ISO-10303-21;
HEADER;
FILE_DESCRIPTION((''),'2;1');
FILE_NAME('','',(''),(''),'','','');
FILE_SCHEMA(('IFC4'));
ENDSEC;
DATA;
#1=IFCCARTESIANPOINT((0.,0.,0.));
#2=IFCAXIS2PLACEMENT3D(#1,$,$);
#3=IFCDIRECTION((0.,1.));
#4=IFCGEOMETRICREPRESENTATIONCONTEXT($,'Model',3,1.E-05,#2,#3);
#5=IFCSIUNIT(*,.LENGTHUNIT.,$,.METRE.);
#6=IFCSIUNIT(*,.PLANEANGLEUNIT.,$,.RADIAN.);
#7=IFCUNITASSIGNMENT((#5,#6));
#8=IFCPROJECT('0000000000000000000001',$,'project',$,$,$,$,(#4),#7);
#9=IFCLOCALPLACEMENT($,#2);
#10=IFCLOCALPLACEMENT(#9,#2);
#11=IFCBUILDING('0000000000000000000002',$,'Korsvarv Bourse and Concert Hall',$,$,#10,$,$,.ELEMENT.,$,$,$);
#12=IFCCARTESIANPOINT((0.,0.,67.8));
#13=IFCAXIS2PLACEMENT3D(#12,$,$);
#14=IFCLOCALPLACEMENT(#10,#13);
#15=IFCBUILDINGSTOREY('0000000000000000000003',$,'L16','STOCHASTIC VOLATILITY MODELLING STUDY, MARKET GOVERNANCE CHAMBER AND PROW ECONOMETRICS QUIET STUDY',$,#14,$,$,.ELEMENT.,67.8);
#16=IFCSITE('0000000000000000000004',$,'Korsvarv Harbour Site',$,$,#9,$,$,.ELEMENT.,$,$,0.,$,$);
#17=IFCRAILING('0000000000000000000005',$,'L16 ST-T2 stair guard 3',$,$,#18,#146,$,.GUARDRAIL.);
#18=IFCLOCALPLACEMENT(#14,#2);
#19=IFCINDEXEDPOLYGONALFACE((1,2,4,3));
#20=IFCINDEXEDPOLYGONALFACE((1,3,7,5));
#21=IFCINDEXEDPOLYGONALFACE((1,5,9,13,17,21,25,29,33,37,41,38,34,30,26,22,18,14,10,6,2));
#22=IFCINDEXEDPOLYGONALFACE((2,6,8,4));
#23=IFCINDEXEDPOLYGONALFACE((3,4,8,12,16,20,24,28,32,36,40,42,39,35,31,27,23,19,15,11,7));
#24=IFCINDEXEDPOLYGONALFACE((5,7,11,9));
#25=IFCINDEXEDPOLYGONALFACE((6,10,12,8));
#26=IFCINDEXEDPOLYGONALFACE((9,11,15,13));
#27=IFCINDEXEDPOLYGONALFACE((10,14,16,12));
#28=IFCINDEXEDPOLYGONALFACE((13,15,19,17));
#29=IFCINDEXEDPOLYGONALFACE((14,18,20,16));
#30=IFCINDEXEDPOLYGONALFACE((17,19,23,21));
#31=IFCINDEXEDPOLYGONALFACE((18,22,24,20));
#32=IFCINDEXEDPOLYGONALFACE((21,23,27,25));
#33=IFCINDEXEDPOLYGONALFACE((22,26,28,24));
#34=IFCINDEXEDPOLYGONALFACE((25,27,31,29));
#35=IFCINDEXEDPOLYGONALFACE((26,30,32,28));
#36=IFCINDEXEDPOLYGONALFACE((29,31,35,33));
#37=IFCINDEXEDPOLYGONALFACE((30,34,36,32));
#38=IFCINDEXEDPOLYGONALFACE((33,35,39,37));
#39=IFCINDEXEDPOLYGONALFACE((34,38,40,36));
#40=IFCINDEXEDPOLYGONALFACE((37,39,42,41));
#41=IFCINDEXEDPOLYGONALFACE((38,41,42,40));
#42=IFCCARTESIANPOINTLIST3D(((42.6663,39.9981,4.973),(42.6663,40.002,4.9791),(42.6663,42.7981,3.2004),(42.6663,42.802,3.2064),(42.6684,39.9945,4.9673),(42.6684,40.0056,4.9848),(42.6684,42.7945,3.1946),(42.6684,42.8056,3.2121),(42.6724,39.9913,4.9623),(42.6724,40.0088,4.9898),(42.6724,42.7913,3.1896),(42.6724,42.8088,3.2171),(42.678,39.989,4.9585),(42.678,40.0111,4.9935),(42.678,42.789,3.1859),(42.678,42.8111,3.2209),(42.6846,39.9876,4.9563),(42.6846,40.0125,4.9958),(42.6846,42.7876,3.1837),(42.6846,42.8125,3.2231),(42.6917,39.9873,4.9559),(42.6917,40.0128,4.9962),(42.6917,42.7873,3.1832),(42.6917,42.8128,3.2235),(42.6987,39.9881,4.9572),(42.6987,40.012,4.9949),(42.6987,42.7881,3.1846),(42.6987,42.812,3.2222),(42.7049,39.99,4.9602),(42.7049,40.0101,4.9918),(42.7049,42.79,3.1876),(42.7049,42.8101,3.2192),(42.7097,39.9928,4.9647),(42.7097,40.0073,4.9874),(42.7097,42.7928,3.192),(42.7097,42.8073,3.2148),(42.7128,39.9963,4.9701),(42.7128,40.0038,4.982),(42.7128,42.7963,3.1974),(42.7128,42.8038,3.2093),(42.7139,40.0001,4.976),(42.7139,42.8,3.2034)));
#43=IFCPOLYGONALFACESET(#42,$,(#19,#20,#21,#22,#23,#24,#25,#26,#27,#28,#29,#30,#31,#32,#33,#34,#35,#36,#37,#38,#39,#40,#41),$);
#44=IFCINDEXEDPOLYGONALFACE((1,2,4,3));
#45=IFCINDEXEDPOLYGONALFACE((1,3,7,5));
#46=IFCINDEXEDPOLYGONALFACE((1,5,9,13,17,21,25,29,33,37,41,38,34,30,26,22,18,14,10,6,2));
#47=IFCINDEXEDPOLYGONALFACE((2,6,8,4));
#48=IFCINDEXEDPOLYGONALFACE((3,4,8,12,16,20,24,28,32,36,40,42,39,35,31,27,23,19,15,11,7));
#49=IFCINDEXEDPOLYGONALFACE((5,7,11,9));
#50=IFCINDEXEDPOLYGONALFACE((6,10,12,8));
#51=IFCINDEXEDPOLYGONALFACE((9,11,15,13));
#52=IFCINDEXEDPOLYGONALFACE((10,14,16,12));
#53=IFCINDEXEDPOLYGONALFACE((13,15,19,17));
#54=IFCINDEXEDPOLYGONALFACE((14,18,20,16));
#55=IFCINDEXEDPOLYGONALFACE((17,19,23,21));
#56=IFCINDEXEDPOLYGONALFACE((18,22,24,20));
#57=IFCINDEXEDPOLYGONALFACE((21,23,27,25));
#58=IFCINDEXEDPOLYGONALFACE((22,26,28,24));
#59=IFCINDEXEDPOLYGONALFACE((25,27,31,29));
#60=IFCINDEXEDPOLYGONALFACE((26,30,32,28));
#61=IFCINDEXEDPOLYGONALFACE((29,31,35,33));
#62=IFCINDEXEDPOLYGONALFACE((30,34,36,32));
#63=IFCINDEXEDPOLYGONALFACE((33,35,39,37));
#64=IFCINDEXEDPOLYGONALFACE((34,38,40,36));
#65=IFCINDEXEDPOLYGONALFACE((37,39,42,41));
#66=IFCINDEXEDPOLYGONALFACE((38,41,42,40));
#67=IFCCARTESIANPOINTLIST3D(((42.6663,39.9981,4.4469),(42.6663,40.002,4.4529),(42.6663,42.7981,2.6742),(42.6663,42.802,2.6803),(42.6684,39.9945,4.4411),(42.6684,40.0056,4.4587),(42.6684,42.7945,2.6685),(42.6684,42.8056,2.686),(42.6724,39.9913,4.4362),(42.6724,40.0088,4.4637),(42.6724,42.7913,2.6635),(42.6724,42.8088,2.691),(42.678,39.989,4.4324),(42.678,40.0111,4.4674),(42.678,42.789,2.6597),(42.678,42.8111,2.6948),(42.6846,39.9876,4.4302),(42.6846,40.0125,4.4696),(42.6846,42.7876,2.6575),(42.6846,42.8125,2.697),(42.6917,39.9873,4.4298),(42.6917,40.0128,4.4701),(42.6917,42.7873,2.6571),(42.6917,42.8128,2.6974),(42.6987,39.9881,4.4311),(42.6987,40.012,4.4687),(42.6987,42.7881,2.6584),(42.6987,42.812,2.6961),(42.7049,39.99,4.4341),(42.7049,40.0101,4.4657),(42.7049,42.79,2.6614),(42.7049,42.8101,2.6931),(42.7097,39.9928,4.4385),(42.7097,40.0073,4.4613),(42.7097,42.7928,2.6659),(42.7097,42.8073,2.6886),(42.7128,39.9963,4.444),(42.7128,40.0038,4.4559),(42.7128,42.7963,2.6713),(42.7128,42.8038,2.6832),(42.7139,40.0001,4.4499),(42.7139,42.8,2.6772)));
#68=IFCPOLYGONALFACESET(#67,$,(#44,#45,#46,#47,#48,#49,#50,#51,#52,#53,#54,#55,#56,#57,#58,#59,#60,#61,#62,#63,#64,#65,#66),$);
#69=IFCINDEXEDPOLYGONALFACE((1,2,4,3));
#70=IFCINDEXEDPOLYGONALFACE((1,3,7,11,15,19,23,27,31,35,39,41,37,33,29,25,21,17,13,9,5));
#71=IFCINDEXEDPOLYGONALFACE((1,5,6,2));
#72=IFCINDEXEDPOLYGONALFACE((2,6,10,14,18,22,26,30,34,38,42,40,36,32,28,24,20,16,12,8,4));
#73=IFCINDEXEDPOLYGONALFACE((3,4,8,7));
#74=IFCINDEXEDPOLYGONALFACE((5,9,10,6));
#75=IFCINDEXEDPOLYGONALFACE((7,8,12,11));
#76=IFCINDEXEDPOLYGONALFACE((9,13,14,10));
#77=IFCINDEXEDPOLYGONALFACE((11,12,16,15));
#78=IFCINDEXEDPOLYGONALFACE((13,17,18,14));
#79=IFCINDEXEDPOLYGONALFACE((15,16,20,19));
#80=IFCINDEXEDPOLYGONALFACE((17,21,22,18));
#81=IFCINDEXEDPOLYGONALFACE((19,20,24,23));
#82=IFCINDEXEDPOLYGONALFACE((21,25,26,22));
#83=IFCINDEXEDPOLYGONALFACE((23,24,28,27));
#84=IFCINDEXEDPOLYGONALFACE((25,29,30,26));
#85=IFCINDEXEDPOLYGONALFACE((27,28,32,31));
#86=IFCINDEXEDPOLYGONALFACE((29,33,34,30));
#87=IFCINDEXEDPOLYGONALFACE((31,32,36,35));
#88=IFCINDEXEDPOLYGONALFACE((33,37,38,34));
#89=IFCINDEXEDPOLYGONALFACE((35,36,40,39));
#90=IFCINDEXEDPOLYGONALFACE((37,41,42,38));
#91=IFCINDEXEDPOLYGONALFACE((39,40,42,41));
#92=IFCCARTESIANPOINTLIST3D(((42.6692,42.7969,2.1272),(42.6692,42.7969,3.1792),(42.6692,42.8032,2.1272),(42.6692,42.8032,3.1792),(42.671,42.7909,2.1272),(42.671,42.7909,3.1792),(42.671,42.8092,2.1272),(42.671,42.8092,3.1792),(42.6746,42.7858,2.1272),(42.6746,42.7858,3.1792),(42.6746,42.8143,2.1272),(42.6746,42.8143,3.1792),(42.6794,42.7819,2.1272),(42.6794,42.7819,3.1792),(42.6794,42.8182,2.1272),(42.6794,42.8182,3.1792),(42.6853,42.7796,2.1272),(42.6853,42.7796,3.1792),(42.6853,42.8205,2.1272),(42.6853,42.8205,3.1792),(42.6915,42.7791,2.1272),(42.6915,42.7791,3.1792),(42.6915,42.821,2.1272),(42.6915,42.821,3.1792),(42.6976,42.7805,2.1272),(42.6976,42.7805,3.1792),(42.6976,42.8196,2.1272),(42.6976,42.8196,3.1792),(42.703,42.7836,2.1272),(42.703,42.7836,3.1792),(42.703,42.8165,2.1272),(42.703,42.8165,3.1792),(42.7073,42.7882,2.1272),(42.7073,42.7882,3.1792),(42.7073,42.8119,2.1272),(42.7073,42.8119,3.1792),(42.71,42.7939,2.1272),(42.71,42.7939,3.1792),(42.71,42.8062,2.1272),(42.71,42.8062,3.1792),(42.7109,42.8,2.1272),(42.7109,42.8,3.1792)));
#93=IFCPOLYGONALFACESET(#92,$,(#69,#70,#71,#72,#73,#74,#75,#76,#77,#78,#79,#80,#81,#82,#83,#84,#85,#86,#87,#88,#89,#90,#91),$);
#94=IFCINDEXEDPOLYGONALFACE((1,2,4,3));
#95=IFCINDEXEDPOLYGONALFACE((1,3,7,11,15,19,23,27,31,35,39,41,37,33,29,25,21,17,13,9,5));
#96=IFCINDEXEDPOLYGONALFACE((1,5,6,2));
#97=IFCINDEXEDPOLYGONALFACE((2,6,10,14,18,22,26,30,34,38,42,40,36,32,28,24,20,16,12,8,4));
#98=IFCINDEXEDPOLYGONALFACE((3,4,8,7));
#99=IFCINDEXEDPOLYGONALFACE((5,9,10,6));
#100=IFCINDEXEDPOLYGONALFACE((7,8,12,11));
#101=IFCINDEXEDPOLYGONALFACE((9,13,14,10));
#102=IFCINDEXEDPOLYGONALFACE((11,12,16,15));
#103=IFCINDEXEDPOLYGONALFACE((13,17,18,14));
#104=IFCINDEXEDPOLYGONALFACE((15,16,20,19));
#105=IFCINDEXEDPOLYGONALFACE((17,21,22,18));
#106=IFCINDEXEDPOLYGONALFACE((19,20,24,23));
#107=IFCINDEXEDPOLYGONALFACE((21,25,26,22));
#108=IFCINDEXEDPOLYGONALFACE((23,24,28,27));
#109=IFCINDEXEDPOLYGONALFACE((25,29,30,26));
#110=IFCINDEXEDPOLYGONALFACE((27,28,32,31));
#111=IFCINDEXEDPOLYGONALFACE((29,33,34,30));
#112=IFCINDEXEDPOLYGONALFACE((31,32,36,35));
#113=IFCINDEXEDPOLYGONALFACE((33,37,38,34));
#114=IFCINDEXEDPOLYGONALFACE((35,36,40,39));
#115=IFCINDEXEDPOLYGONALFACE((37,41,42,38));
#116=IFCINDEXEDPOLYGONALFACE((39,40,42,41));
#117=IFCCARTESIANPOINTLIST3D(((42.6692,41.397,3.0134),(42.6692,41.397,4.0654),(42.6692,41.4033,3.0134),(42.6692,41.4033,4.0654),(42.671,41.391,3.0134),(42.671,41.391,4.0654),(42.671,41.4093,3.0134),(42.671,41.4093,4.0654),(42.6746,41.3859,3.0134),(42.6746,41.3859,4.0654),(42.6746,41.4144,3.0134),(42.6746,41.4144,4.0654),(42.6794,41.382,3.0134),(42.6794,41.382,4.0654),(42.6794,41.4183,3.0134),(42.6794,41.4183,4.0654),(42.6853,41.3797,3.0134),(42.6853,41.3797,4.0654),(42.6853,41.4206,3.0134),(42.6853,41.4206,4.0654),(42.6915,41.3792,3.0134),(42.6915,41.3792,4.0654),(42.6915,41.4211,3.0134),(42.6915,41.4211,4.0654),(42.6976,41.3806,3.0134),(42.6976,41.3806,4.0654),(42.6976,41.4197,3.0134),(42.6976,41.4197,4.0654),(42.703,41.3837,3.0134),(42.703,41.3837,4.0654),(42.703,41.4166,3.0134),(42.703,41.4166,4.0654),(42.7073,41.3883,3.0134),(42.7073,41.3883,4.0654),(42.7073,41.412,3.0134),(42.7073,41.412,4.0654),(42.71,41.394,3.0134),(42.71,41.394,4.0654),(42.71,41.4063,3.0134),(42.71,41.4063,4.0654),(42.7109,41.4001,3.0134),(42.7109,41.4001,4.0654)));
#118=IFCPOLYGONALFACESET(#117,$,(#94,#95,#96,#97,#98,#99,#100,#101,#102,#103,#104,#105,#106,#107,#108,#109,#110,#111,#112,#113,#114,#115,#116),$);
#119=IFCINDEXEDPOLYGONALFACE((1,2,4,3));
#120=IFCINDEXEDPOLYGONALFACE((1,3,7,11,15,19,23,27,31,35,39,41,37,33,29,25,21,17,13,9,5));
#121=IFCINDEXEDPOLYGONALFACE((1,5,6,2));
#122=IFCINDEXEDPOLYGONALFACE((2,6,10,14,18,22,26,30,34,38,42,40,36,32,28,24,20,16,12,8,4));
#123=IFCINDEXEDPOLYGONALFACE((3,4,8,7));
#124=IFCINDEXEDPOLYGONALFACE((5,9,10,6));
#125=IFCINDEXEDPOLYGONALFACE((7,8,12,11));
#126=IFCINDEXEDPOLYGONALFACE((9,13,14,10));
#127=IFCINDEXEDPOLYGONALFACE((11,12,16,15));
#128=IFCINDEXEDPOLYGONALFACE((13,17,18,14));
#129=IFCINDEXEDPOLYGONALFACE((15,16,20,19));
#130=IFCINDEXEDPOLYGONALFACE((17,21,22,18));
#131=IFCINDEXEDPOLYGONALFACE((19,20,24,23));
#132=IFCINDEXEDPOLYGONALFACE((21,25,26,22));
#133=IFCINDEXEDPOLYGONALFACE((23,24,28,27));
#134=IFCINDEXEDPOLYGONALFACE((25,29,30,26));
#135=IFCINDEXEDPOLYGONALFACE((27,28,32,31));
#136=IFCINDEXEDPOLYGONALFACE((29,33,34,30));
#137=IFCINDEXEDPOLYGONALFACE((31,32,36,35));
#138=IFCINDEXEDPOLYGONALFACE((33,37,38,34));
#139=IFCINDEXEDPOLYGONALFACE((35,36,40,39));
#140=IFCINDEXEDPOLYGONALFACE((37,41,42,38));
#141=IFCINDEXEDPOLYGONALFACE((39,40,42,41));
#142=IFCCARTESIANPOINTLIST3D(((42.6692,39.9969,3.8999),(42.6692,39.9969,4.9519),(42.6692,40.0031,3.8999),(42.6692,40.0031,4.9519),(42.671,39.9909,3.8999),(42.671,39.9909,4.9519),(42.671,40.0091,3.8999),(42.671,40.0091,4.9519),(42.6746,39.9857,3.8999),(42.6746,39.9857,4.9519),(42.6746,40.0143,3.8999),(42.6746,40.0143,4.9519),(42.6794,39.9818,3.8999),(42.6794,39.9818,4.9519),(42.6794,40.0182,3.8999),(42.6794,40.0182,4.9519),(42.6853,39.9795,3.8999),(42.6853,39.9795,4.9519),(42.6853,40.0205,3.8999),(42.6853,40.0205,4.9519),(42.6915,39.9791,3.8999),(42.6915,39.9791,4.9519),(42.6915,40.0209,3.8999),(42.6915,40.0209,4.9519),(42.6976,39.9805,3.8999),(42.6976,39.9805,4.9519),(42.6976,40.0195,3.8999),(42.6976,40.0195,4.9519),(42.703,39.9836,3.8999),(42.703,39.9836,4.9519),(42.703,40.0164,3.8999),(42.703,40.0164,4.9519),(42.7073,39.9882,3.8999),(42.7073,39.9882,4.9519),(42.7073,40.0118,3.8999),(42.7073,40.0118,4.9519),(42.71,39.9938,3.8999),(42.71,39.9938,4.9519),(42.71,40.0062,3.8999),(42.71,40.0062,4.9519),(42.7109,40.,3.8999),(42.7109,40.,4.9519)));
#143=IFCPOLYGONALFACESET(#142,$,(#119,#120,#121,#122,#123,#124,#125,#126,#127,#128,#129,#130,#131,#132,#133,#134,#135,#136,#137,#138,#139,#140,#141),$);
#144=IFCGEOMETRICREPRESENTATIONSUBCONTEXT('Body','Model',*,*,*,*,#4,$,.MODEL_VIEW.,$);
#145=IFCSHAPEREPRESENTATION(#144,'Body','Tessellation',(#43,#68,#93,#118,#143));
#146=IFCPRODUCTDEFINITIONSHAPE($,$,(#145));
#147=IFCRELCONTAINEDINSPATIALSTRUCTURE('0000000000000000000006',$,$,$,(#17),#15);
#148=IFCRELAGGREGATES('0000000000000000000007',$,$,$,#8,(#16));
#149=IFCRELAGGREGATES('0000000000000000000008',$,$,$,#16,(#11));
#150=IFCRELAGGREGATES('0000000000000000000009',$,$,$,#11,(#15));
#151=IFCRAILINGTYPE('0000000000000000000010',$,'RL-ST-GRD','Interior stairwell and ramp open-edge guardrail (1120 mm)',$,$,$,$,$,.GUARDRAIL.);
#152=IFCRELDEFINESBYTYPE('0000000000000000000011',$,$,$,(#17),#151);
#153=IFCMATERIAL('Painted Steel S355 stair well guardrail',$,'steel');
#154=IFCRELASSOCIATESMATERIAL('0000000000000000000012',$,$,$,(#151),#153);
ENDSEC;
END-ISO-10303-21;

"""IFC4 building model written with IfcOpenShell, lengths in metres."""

from ifc_helpers import new_model, si_unit, direction, frame, origin, origin_2d, place, context, subcontext, project, spatial, circle, extrude, material, type_object, element, save


model = new_model("IFC4")

# Units and contexts
model_context = context("Model", 3, precision=1e-05, world=origin(), true_north=direction((0.0, 1.0)))
body_context = subcontext(model_context, "Body", "Model", "MODEL_VIEW")
ifc_project = project(units=[si_unit("LENGTHUNIT", "METRE"), si_unit("PLANEANGLEUNIT", "RADIAN")], contexts=[model_context])

# Site, building, storey
site_placement = place(None, origin())
site = spatial("IfcSite", under=ifc_project, at=site_placement, Name="Korsvarv Harbour Site", CompositionType="ELEMENT", RefElevation=0.0)
building_placement = place(site_placement, origin())
building = spatial("IfcBuilding", under=site, at=building_placement, Name="Korsvarv Bourse and Concert Hall", CompositionType="ELEMENT")
storey_placement = place(building_placement, frame((0.0, 0.0, 67.8)))
storey = spatial("IfcBuildingStorey", under=building, at=storey_placement, Name="L16", Description="STOCHASTIC VOLATILITY MODELLING STUDY, MARKET GOVERNANCE CHAMBER AND PROW ECONOMETRICS QUIET STUDY", CompositionType="ELEMENT", Elevation=67.8)

# Railing
ifc_material_1 = material(Name="Painted Steel S355 stair well guardrail", Category="steel")
railing_type_1 = type_object("IfcRailingType", Name="RL-ST-GRD", Description="Interior stairwell and ramp open-edge guardrail (1120 mm)", PredefinedType="GUARDRAIL", material=ifc_material_1)
railing_1_placement = place(storey_placement, frame((42.6899, 42.8, 2.1272)))
element("IfcRailing", 1, at=railing_1_placement, inside=storey, type_object=railing_type_1, Name="L16 ST-T2 stair guard 3", PredefinedType="GUARDRAIL", context=body_context, shape_type="SweptSolid", body=[
    extrude(circle(Radius=0.0239, at=origin_2d()), frame((0.0, 0.0, 1.0762), z_axis=(0.0, -0.844909, 0.53491), x_axis=(1.0, 0.0, 0.0)), (0.0, 0.0, 1.0), 3.314),
    extrude(circle(Radius=0.0239, at=origin_2d()), frame((0.0, 0.0, 0.55), z_axis=(0.0, -0.844909, 0.53491), x_axis=(1.0, 0.0, 0.0)), (0.0, 0.0, 1.0), 3.314),
    extrude(circle(Radius=0.021, at=origin_2d()), origin(), (0.0, 0.0, 1.0), 1.052),
    extrude(circle(Radius=0.021, at=origin_2d()), frame((0.0, -1.3999, 0.8862)), (0.0, 0.0, 1.0), 1.052),
    extrude(circle(Radius=0.021, at=origin_2d()), frame((0.0, -2.8, 1.7727)), (0.0, 0.0, 1.0), 1.052),
])

save(model, "model.ifc")
